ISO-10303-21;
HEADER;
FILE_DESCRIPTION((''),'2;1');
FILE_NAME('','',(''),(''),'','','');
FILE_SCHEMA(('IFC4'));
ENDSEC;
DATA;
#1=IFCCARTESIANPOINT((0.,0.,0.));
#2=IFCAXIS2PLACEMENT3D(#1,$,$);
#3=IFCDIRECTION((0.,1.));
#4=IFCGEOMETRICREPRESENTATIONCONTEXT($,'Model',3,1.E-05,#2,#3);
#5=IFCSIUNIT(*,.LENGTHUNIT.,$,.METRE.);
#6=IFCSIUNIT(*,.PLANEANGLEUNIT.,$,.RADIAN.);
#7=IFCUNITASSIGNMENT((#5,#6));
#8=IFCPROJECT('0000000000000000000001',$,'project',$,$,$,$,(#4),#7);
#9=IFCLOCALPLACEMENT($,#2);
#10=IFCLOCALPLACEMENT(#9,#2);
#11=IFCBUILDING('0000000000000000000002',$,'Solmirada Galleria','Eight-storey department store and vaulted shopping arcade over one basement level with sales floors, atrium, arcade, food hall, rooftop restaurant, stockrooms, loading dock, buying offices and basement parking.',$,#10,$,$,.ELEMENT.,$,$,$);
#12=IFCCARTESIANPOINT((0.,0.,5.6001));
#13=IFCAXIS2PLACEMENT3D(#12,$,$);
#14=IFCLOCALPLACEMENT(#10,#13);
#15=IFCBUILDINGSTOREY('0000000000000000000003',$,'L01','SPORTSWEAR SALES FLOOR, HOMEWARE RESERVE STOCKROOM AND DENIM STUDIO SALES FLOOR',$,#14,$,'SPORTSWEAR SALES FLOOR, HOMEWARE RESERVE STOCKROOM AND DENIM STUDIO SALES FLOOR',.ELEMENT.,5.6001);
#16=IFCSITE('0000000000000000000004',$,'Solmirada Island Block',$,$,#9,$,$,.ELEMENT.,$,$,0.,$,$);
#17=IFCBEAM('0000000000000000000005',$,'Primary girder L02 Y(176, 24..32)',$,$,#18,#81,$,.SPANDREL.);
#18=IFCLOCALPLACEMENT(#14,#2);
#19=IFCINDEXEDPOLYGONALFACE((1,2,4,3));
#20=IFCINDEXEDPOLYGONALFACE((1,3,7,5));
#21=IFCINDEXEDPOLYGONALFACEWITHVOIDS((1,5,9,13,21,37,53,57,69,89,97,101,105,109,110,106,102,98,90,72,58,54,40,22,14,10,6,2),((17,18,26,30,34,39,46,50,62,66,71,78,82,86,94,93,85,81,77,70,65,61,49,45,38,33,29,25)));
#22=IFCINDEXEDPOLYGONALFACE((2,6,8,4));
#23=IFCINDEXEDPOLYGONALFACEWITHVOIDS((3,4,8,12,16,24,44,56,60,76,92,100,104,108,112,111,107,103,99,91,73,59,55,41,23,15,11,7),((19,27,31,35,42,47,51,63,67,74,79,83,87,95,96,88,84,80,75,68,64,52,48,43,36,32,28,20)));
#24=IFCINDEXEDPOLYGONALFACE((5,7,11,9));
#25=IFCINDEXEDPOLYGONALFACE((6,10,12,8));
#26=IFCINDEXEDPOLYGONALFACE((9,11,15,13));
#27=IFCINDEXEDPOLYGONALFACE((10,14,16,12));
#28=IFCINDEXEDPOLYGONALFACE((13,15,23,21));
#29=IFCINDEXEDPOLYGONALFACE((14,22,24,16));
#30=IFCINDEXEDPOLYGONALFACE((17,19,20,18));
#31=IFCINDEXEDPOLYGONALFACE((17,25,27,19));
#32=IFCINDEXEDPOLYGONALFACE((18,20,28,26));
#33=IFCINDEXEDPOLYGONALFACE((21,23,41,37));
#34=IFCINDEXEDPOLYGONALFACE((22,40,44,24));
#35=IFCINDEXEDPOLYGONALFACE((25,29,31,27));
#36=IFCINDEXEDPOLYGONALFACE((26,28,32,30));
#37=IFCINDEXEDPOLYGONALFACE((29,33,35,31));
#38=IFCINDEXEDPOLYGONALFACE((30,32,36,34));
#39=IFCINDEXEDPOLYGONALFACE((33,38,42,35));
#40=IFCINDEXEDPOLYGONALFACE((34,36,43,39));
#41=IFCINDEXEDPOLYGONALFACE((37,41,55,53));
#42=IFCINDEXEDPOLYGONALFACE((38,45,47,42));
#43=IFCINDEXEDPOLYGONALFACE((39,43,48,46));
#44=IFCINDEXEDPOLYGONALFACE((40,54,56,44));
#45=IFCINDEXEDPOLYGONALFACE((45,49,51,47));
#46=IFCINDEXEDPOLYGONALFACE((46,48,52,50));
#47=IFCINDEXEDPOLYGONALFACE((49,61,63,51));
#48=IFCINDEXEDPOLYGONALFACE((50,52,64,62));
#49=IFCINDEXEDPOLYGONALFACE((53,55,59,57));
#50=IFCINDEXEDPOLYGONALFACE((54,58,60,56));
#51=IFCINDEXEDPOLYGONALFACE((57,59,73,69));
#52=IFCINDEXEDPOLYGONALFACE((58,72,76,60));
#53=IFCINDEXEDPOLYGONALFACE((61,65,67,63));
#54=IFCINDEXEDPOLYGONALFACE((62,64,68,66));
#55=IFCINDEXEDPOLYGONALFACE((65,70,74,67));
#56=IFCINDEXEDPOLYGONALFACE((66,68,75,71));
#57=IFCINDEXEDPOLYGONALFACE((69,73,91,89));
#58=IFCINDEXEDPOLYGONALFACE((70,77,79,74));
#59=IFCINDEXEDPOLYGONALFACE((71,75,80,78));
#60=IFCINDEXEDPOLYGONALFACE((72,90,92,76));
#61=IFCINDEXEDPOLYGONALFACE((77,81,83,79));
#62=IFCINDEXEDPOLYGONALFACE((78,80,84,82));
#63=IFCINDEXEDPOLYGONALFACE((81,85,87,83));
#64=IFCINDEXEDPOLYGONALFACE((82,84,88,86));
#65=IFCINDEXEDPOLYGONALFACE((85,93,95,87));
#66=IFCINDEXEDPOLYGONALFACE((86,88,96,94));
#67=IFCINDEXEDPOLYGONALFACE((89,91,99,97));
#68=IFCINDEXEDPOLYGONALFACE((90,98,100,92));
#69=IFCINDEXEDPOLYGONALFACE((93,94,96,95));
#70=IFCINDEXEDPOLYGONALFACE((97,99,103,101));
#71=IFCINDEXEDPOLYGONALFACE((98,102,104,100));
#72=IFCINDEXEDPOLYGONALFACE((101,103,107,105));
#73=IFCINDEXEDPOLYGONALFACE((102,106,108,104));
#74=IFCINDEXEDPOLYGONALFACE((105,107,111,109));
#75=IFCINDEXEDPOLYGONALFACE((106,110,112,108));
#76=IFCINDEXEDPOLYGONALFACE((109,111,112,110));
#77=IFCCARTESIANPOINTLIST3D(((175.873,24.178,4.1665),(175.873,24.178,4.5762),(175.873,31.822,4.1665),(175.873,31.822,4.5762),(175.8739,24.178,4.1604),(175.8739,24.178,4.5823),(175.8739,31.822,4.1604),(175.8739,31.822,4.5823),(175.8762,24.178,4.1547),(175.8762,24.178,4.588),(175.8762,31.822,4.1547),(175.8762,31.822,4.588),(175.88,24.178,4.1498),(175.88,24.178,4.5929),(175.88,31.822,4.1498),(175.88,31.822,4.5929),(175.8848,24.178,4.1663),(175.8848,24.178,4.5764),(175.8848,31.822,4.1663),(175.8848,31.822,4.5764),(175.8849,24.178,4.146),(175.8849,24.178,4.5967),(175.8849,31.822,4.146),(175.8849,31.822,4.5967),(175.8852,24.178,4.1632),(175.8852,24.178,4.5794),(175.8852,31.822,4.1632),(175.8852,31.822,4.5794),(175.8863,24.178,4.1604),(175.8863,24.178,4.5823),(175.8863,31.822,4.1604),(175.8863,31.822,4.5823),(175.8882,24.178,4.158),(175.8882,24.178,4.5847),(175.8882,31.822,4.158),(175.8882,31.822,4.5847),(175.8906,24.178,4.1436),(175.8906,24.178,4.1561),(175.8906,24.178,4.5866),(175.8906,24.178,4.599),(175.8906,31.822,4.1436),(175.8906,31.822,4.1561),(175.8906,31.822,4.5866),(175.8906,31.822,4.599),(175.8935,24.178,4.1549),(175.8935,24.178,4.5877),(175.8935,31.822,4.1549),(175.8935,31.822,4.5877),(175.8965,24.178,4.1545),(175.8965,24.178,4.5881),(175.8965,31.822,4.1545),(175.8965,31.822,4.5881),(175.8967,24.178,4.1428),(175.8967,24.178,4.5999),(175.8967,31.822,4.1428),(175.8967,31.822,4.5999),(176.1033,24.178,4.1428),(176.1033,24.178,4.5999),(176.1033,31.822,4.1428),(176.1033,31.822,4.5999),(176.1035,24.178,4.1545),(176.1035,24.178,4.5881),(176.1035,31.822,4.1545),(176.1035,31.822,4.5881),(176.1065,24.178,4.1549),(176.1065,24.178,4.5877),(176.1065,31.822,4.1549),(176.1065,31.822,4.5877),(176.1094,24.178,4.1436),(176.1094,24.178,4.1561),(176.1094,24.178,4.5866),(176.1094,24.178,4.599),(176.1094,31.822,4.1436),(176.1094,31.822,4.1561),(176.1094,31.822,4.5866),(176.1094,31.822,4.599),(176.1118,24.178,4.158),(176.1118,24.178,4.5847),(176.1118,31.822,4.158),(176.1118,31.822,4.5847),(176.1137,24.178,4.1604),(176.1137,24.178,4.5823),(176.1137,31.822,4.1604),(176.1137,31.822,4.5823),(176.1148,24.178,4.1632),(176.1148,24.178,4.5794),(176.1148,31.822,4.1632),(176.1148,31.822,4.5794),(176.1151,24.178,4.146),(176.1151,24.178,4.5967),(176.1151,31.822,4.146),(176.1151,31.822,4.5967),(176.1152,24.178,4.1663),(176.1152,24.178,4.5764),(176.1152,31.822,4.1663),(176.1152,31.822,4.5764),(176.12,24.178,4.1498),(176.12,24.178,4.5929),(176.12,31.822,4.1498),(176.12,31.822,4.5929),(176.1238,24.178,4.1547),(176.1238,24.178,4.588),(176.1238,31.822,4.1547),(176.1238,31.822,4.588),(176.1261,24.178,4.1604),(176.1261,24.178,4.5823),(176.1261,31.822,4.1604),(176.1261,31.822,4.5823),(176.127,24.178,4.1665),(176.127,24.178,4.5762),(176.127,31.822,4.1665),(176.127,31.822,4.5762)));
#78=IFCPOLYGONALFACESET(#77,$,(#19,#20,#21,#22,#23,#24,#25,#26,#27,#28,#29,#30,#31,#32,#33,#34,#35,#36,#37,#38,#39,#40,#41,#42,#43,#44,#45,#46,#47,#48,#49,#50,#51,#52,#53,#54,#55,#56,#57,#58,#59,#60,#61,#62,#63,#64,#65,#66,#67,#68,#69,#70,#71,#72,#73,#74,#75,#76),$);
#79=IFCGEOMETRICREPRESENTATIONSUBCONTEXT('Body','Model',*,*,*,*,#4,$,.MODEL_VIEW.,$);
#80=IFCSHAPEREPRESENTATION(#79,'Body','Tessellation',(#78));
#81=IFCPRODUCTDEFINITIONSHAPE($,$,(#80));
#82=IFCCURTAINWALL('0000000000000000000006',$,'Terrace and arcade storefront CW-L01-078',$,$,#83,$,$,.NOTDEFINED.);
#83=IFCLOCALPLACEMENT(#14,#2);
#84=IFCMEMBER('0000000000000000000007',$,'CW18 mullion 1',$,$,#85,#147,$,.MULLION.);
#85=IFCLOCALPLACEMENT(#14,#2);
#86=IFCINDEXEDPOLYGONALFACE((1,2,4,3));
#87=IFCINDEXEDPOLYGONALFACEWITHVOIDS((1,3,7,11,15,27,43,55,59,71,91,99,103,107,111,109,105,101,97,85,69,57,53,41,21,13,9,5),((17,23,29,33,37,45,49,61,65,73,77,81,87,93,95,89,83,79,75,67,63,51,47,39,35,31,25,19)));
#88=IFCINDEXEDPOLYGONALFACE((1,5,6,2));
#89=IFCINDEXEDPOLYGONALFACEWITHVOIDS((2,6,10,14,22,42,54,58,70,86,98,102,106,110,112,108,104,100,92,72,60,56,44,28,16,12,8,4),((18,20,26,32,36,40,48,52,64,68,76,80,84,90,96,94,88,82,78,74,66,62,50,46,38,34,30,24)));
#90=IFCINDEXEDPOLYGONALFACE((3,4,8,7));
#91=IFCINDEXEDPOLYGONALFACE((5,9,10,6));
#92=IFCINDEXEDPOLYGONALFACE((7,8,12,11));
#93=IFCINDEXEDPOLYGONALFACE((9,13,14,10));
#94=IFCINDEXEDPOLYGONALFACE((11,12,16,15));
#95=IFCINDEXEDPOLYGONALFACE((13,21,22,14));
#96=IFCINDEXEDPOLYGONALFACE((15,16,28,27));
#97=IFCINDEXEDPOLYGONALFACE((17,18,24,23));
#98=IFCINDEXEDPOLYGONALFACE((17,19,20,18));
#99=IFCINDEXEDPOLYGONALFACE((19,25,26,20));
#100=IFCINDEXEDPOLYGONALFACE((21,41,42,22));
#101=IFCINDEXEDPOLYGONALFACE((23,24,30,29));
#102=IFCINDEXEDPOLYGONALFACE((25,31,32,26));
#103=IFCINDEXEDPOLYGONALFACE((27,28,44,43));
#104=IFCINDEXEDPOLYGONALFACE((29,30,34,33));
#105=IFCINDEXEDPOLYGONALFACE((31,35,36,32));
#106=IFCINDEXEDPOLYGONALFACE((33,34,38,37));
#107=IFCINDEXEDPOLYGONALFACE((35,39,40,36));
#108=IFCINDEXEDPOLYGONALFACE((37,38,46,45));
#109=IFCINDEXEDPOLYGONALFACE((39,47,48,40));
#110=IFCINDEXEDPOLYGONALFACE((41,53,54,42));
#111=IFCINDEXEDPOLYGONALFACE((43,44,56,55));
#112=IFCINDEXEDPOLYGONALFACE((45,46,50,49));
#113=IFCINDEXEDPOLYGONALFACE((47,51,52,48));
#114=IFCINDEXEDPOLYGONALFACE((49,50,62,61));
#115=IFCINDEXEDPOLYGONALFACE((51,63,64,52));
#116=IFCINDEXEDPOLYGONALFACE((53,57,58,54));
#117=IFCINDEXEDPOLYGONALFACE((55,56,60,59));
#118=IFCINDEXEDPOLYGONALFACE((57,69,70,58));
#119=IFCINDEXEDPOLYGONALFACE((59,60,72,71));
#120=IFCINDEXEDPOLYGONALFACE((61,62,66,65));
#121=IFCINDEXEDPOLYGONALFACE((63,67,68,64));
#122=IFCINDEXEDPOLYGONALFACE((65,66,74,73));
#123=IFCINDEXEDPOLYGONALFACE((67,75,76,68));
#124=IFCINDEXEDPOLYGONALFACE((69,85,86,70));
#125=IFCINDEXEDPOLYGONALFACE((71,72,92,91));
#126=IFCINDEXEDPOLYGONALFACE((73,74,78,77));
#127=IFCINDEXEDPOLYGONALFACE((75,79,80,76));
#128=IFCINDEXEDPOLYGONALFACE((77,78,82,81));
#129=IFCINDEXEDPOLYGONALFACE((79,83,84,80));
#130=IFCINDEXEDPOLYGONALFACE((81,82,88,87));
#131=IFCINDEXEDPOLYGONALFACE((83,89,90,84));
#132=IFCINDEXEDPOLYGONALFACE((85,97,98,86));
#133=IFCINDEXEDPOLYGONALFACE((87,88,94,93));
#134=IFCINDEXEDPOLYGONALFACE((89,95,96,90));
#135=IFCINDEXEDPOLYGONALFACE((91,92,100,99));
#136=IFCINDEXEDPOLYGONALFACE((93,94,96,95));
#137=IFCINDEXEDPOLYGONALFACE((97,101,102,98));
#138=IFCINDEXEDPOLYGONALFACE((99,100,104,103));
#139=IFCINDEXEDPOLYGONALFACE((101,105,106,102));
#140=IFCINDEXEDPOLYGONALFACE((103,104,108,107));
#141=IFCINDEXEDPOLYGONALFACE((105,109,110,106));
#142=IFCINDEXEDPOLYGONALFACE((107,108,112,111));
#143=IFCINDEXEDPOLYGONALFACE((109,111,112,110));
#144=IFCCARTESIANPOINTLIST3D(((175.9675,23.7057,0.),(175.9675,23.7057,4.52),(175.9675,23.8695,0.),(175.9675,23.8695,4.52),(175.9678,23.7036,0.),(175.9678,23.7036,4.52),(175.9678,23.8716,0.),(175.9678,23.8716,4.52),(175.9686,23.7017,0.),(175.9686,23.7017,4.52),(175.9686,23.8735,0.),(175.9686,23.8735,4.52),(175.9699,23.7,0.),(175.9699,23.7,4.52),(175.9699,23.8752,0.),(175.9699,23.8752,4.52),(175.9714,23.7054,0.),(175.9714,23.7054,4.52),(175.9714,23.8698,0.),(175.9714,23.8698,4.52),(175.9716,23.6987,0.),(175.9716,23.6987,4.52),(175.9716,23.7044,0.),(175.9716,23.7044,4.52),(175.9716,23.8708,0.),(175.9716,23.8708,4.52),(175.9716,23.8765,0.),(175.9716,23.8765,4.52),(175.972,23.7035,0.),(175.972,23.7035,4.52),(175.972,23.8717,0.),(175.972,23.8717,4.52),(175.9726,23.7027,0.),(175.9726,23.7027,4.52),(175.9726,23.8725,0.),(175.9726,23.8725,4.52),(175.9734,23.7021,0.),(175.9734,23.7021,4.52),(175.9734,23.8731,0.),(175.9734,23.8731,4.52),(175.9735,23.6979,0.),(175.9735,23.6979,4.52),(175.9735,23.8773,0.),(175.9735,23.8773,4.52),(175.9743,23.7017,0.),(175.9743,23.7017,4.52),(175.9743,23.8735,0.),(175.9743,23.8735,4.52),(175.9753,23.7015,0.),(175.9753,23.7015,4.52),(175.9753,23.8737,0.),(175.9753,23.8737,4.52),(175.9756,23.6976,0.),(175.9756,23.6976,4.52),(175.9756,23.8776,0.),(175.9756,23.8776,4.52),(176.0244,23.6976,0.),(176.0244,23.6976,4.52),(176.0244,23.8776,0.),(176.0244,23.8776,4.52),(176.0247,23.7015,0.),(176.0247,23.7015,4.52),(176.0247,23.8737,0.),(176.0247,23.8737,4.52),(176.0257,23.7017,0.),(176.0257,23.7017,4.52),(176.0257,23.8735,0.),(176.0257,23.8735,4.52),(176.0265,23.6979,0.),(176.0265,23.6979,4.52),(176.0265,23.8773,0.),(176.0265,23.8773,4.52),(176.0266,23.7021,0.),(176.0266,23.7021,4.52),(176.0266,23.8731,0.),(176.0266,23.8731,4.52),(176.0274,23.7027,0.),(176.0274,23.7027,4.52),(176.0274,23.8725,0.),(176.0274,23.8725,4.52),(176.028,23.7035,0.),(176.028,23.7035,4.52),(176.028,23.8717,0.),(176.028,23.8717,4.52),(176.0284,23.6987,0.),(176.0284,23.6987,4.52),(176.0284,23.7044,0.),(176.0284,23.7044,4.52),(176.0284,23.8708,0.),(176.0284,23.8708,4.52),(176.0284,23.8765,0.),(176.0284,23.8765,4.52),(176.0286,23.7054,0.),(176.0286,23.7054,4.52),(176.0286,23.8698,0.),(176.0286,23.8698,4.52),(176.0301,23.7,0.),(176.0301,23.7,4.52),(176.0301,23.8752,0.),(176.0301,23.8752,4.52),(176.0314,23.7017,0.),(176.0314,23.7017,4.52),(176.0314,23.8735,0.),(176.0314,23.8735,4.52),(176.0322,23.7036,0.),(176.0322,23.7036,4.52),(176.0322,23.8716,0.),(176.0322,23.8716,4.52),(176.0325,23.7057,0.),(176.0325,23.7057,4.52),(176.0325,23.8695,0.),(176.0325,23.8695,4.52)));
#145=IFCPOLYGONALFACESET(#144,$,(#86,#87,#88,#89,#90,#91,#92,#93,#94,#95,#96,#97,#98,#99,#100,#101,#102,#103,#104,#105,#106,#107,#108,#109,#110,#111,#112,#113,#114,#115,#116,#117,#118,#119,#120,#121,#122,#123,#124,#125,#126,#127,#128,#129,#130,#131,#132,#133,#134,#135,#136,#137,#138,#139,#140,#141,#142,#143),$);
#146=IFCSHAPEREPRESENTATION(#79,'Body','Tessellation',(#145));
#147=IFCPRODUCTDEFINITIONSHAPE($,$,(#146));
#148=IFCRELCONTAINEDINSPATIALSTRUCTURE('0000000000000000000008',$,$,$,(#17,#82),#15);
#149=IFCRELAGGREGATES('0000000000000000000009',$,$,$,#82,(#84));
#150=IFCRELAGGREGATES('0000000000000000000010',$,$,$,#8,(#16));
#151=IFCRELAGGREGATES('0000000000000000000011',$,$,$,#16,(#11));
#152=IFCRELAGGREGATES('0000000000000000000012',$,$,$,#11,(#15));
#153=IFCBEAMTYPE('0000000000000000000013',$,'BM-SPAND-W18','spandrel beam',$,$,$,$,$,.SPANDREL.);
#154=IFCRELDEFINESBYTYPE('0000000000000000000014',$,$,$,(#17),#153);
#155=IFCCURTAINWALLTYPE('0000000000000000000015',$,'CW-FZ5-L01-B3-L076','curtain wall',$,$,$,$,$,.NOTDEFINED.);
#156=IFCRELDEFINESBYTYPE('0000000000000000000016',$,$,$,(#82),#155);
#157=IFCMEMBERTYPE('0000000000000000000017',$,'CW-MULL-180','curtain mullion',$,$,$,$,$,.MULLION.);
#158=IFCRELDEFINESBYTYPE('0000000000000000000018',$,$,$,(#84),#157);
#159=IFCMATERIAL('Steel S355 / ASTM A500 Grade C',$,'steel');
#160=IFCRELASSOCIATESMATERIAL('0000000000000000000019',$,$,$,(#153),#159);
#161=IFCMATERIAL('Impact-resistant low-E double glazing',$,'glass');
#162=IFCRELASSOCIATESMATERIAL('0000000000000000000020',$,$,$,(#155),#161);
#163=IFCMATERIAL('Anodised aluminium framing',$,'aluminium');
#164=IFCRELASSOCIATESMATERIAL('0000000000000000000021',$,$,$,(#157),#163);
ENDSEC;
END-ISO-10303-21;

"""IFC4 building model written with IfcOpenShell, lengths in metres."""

from ifc_helpers import new_model, si_unit, direction, frame, origin, origin_2d, place, context, subcontext, project, spatial, hollow_rectangle, extrude, material, material_profile, profile_set, type_object, element, aggregate, save


model = new_model("IFC4")

# Units and contexts
model_context = context("Model", 3, precision=1e-05, world=origin(), true_north=direction((0.0, 1.0)))
body_context = subcontext(model_context, "Body", "Model", "MODEL_VIEW")
ifc_project = project(units=[si_unit("LENGTHUNIT", "METRE"), si_unit("PLANEANGLEUNIT", "RADIAN")], contexts=[model_context])

# Site, building, storey
site_placement = place(None, origin())
site = spatial("IfcSite", under=ifc_project, at=site_placement, Name="Solmirada Island Block", CompositionType="ELEMENT", RefElevation=0.0)
building_placement = place(site_placement, origin())
building = spatial("IfcBuilding", under=site, at=building_placement, Name="Solmirada Galleria", Description="Eight-storey department store and vaulted shopping arcade over one basement level with sales floors, atrium, arcade, food hall, rooftop restaurant, stockrooms, loading dock, buying offices and basement parking.", CompositionType="ELEMENT")
storey_placement = place(building_placement, frame((0.0, 0.0, 5.6001)))
storey = spatial("IfcBuildingStorey", under=building, at=storey_placement, Name="L01", Description="SPORTSWEAR SALES FLOOR, HOMEWARE RESERVE STOCKROOM AND DENIM STUDIO SALES FLOOR", LongName="SPORTSWEAR SALES FLOOR, HOMEWARE RESERVE STOCKROOM AND DENIM STUDIO SALES FLOOR", CompositionType="ELEMENT", Elevation=5.6001)

# Shared definitions
ifc_material_1 = material(Name="Steel S355 / ASTM A500 Grade C", Category="steel")

# Beam
ifc_material_profile_1 = material_profile(ifc_material_1, hollow_rectangle(XDim=0.2539, YDim=0.457, WallThickness=0.0117, InnerFilletRadius=0.0117, OuterFilletRadius=0.0237, at=origin_2d()), Name="HSS18X10X1/2")
ifc_profile_set_1 = profile_set([ifc_material_profile_1], Name="Steel S355 / ASTM A500 Grade C")
beam_type = type_object("IfcBeamType", Name="BM-SPAND-W18", Description="spandrel beam", PredefinedType="SPANDREL", material=ifc_profile_set_1)
beam_placement = place(storey_placement, frame((176.0, 24.178, 4.3713), z_axis=(0.0, 1.0, 0.0), x_axis=(-1.0, 0.0, 0.0)))
element("IfcBeam", 1, at=beam_placement, inside=storey, type_object=beam_type, Name="Primary girder L02 Y(176, 24..32)", PredefinedType="SPANDREL", context=body_context, shape_type="SweptSolid", body=[
    extrude(hollow_rectangle(XDim=0.2539, YDim=0.457, WallThickness=0.0117, InnerFilletRadius=0.0117, OuterFilletRadius=0.0237, at=origin_2d()), origin(), (0.0, 0.0, 1.0), 7.644),
])

# Curtain wall, member
ifc_material_2 = material(Name="Impact-resistant low-E double glazing", Category="glass")
curtain_wall_type = type_object("IfcCurtainWallType", Name="CW-FZ5-L01-B3-L076", Description="curtain wall", PredefinedType="NOTDEFINED", material=ifc_material_2)
curtain_wall_placement = place(storey_placement, origin())
curtain_wall = element("IfcCurtainWall", 2, at=curtain_wall_placement, inside=storey, type_object=curtain_wall_type, Name="Terrace and arcade storefront CW-L01-078", PredefinedType="NOTDEFINED")
ifc_material_3 = material(Name="Anodised aluminium framing", Category="aluminium")
ifc_material_profile_2 = material_profile(ifc_material_3, hollow_rectangle(XDim=0.0649, YDim=0.1799, WallThickness=0.0039, InnerFilletRadius=0.0039, OuterFilletRadius=0.0081, at=origin_2d()), Name="ALU-MULL-180X65")
ifc_profile_set_2 = profile_set([ifc_material_profile_2], Name="Anodised aluminium framing")
member_type_1 = type_object("IfcMemberType", Name="CW-MULL-180", Description="curtain mullion", PredefinedType="MULLION", material=ifc_profile_set_2)
member_1_placement = place(storey_placement, frame((176.0, 23.7876, 0.0), z_axis=(0.0, 0.0, 1.0), x_axis=(1.0, 0.0, 0.0)))
member_1 = element("IfcMember", 3, at=member_1_placement, type_object=member_type_1, Name="CW18 mullion 1", PredefinedType="MULLION", context=body_context, shape_type="SweptSolid", body=[
    extrude(hollow_rectangle(XDim=0.0649, YDim=0.1799, WallThickness=0.0039, InnerFilletRadius=0.0039, OuterFilletRadius=0.0081, at=origin_2d()), origin(), (0.0, 0.0, 1.0), 4.52),
])
aggregate(curtain_wall, [member_1])

save(model, "model.ifc")
